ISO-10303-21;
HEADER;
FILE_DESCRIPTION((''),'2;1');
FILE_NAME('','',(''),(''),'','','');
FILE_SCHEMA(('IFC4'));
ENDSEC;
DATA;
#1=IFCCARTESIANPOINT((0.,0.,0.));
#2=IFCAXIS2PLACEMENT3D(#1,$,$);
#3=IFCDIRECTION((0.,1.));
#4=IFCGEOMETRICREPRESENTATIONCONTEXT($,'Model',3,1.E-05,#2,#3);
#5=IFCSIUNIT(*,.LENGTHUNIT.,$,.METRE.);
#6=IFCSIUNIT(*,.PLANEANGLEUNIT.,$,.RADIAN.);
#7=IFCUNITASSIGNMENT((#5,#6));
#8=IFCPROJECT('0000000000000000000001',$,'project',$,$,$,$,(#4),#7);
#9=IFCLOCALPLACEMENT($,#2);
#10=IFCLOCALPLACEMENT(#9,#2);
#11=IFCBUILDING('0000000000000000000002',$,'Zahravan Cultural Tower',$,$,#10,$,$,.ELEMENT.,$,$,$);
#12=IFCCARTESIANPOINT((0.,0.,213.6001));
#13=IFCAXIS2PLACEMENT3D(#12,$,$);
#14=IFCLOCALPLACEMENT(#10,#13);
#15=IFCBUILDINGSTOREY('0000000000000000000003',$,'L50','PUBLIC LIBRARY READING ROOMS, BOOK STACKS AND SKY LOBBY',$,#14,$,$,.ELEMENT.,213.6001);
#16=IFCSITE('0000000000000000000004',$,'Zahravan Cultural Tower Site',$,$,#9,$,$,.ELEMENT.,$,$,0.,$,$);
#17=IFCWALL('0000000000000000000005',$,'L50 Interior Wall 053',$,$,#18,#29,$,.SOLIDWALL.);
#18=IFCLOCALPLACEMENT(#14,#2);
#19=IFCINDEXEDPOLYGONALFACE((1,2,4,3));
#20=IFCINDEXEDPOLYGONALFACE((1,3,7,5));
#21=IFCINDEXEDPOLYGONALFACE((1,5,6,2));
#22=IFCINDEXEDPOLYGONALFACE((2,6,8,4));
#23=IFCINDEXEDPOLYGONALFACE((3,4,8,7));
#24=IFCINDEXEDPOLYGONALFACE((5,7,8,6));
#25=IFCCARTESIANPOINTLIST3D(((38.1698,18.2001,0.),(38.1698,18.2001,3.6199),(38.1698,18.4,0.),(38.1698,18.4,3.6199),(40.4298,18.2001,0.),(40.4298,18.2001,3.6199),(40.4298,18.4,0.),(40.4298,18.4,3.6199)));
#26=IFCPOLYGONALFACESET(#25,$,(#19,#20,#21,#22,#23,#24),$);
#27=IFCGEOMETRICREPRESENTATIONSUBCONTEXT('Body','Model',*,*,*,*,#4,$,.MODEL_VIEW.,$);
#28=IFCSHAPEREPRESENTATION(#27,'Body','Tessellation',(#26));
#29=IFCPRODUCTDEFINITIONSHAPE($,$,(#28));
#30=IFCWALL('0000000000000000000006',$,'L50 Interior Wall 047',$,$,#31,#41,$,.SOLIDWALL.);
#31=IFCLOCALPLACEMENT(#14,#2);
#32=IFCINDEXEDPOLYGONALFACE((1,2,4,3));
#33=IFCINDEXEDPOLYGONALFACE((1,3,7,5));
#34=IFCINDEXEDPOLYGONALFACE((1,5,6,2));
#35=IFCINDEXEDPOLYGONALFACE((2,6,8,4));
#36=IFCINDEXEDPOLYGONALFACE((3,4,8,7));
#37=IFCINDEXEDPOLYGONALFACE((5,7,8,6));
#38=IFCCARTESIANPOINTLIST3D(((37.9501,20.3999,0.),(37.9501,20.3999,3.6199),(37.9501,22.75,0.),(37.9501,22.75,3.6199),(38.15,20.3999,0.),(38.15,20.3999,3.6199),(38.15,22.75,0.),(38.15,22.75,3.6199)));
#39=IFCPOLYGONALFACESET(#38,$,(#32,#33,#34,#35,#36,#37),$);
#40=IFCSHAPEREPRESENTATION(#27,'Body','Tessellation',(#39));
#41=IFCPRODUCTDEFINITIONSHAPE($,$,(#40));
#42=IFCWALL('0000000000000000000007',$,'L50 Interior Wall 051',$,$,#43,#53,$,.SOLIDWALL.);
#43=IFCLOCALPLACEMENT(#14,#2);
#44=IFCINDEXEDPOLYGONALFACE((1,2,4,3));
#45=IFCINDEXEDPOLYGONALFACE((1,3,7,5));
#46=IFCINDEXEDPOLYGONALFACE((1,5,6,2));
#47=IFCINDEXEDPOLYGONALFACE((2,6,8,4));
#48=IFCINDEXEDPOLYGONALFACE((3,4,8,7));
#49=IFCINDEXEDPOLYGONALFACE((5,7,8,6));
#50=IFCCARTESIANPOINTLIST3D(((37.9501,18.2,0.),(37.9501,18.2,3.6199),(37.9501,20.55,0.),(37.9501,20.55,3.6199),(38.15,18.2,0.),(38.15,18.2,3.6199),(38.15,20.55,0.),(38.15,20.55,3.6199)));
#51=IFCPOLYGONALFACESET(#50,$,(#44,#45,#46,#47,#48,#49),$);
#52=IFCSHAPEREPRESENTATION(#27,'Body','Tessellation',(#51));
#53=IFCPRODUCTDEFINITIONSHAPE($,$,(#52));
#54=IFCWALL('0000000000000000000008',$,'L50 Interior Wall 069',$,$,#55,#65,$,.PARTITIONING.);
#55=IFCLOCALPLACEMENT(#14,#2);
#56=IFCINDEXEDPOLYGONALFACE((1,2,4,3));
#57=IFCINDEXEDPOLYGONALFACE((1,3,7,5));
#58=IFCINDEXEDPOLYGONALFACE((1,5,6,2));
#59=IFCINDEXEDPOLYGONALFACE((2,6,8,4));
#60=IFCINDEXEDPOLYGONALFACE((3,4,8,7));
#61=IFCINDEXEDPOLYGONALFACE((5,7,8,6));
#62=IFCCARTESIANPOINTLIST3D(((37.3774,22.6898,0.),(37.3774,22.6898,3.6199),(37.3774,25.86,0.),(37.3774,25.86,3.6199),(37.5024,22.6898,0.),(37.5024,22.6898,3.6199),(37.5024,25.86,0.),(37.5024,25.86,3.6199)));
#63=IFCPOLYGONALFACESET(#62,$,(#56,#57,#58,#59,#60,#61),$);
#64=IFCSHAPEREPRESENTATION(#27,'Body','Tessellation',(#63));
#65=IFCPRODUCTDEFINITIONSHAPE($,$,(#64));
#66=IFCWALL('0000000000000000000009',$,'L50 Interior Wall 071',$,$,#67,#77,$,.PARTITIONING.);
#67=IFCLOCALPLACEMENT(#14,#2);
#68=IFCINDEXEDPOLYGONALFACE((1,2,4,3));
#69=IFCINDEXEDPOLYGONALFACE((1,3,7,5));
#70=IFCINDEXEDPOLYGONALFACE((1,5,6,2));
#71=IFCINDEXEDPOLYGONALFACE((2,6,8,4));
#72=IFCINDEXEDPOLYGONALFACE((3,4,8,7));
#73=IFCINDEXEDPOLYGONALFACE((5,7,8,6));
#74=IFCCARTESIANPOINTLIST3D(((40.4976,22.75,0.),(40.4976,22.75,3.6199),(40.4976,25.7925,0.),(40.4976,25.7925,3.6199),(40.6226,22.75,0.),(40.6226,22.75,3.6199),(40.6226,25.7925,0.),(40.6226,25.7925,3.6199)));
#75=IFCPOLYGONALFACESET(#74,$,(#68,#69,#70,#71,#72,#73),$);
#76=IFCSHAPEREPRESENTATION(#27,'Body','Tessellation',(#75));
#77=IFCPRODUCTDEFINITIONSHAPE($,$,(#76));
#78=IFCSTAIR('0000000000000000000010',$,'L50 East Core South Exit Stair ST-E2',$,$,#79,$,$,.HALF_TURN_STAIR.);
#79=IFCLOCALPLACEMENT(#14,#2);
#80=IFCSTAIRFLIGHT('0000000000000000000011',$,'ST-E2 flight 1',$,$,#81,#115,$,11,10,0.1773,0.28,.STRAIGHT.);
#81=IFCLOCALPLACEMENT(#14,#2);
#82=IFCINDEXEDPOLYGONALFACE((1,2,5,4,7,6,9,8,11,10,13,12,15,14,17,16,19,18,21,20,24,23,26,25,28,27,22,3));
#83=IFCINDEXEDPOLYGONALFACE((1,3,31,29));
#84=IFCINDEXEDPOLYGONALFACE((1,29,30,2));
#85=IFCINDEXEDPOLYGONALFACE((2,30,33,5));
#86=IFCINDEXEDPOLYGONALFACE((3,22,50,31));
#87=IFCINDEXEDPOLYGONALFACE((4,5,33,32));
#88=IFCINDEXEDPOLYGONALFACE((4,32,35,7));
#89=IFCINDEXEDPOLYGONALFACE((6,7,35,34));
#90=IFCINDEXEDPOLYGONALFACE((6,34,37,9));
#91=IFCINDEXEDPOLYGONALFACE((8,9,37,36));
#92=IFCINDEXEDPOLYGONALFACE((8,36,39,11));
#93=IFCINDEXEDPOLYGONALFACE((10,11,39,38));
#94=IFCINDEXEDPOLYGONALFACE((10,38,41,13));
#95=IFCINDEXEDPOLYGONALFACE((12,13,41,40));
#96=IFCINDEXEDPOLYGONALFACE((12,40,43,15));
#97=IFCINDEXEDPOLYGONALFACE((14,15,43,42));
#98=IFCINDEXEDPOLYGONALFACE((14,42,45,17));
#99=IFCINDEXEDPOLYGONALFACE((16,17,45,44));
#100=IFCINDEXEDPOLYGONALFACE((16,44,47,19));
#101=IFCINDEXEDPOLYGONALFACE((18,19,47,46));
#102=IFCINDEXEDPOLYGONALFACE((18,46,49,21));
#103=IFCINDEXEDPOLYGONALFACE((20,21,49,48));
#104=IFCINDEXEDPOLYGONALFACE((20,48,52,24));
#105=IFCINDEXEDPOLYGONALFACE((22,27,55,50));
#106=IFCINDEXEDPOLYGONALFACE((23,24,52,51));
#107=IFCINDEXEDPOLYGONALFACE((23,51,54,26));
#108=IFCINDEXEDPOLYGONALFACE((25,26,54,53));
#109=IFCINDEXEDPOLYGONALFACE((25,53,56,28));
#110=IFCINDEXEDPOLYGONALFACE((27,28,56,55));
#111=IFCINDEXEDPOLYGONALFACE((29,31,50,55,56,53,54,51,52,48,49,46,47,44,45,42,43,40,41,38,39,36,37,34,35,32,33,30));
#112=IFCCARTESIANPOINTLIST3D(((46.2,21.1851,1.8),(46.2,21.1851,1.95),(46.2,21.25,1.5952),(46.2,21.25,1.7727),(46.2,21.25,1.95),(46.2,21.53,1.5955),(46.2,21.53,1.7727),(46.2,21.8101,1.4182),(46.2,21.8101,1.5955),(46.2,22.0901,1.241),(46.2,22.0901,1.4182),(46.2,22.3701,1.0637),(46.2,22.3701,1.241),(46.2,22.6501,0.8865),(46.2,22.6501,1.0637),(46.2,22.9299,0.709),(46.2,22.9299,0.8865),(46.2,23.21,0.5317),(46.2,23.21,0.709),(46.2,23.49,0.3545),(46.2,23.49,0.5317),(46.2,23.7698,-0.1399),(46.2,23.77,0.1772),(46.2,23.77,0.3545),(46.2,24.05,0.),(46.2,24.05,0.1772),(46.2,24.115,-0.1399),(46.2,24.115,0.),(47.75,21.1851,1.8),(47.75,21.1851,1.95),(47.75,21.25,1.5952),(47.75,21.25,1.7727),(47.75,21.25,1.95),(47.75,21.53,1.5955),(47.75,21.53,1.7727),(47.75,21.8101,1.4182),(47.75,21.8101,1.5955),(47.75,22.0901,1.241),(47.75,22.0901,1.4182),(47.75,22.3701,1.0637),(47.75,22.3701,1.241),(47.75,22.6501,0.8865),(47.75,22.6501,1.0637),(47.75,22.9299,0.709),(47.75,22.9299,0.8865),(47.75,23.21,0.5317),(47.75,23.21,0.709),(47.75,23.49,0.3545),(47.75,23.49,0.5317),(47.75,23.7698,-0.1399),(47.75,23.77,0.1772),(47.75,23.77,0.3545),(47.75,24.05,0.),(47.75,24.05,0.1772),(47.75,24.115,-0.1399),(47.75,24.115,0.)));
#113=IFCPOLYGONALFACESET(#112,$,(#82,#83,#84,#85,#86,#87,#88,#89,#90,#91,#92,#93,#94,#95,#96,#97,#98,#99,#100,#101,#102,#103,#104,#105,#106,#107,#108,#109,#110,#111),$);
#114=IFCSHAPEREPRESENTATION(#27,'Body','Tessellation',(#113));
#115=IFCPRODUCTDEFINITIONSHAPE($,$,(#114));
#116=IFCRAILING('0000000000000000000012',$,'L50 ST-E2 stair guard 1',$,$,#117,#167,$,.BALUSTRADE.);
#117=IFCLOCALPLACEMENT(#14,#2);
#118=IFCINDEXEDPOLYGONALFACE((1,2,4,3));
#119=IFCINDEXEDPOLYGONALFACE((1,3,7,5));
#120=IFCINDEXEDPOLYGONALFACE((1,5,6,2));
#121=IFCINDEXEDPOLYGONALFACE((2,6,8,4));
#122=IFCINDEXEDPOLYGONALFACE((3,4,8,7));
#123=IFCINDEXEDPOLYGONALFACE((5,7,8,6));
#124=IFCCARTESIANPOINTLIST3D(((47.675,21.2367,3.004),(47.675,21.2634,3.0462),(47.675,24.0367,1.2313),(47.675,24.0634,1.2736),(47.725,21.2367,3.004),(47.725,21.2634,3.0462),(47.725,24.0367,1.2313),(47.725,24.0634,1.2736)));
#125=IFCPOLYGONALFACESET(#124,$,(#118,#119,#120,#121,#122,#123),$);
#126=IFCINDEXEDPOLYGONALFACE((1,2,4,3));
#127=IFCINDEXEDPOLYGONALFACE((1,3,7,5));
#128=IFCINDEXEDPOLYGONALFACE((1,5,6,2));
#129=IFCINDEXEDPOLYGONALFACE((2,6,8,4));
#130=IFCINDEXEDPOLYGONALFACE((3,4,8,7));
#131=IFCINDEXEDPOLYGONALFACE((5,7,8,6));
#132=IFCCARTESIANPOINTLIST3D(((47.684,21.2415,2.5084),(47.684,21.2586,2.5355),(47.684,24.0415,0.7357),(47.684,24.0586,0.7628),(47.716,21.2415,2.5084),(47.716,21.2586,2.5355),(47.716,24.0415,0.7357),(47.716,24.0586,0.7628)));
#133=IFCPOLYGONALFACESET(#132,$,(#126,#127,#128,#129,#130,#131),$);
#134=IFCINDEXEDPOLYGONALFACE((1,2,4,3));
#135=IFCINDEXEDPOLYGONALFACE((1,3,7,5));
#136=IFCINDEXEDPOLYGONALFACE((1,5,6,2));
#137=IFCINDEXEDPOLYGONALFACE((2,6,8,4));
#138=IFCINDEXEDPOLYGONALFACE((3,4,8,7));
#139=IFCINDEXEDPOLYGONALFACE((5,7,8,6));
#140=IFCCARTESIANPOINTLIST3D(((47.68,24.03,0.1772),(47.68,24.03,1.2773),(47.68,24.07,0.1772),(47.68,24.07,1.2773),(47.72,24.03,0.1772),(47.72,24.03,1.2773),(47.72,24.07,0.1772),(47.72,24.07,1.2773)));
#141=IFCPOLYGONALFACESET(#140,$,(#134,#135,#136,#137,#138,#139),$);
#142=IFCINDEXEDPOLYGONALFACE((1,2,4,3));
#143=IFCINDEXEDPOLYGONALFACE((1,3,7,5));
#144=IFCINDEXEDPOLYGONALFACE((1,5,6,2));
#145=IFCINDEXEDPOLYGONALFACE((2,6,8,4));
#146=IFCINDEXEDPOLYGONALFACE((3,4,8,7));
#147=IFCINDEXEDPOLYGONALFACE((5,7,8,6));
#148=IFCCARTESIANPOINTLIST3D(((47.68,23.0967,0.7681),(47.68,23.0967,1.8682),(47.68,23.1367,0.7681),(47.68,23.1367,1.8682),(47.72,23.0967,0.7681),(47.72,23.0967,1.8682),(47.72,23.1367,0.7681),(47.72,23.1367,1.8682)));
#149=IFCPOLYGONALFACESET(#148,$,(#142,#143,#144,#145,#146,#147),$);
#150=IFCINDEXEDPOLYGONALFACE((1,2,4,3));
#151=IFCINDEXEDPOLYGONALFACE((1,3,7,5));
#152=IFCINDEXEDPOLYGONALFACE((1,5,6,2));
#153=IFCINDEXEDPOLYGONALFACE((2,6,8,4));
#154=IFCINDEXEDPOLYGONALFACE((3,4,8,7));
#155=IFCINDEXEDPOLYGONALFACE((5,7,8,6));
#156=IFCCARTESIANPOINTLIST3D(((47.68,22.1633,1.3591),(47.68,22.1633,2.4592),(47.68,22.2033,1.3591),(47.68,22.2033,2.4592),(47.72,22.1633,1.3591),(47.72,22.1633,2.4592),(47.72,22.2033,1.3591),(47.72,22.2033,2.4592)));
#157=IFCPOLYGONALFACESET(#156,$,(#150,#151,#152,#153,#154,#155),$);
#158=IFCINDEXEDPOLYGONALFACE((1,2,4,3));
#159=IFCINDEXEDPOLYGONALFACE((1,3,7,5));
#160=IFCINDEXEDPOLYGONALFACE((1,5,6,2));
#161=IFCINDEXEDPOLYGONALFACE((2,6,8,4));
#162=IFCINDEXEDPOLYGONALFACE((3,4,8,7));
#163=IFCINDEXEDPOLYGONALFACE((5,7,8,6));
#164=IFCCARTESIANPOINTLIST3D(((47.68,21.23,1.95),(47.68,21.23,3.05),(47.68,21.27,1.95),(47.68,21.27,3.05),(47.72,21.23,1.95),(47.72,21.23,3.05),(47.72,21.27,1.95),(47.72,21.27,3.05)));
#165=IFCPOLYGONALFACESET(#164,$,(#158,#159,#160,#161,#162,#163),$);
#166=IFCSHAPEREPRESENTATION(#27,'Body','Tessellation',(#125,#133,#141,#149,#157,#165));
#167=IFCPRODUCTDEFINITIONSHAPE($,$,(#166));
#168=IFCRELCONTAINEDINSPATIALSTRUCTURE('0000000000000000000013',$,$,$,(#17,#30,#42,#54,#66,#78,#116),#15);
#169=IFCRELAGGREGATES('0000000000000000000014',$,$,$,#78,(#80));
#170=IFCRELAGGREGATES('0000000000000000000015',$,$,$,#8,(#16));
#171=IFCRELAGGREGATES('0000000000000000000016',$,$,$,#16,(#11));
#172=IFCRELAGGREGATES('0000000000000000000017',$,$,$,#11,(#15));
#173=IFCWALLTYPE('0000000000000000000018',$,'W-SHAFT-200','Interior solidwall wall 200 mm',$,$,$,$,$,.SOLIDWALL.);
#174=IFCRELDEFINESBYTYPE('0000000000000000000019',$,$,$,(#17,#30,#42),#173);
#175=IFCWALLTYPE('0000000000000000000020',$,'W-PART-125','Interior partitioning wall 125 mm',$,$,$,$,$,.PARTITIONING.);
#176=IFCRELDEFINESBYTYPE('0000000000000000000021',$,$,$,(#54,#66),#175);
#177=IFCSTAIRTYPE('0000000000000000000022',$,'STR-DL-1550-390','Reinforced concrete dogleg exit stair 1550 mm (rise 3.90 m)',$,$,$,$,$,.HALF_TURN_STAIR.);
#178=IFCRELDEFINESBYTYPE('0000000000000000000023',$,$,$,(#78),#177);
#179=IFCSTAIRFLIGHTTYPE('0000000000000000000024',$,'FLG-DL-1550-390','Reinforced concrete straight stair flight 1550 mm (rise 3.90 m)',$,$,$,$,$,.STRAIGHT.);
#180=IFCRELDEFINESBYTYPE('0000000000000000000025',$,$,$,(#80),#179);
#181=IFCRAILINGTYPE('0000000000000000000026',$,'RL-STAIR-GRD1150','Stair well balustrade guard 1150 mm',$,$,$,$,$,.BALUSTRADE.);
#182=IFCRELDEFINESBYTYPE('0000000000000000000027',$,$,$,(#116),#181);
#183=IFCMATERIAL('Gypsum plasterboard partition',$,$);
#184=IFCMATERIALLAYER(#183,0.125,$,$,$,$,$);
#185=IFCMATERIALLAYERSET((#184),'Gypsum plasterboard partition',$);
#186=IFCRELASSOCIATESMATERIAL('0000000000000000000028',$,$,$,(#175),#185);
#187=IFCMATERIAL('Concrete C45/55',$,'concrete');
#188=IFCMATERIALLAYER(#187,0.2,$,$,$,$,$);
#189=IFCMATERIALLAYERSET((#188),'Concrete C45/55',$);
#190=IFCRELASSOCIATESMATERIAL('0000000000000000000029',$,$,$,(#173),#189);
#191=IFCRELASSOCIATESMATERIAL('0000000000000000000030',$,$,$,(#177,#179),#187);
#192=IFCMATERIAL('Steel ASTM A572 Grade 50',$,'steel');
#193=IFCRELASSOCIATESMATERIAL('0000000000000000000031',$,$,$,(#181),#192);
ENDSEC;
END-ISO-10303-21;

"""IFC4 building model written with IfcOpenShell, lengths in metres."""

from ifc_helpers import new_model, si_unit, direction, frame, frame_2d, origin, origin_2d, place, context, subcontext, project, spatial, polyline, rectangle, outline, extrude, source, transform, mapped, material, layer, layer_set, type_object, element, aggregate, save


model = new_model("IFC4")

# Units and contexts
model_context = context("Model", 3, precision=1e-05, world=origin(), true_north=direction((0.0, 1.0)))
body_context = subcontext(model_context, "Body", "Model", "MODEL_VIEW")
ifc_project = project(units=[si_unit("LENGTHUNIT", "METRE"), si_unit("PLANEANGLEUNIT", "RADIAN")], contexts=[model_context])

# Site, building, storey
site_placement = place(None, origin())
site = spatial("IfcSite", under=ifc_project, at=site_placement, Name="Zahravan Cultural Tower Site", CompositionType="ELEMENT", RefElevation=0.0)
building_placement = place(site_placement, origin())
building = spatial("IfcBuilding", under=site, at=building_placement, Name="Zahravan Cultural Tower", CompositionType="ELEMENT")
storey_placement = place(building_placement, frame((0.0, 0.0, 213.6001)))
storey = spatial("IfcBuildingStorey", under=building, at=storey_placement, Name="L50", Description="PUBLIC LIBRARY READING ROOMS, BOOK STACKS AND SKY LOBBY", CompositionType="ELEMENT", Elevation=213.6001)

# Shared definitions
ifc_material_1 = material(Name="Gypsum plasterboard partition")
ifc_layer_1 = layer(ifc_material_1, 0.125)
ifc_layer_set_1 = layer_set([ifc_layer_1], Name="Gypsum plasterboard partition")
wall_type_1 = type_object("IfcWallType", Name="W-PART-125", Description="Interior partitioning wall 125 mm", PredefinedType="PARTITIONING", material=ifc_layer_set_1)
ifc_material_2 = material(Name="Concrete C45/55", Category="concrete")
ifc_layer_2 = layer(ifc_material_2, 0.2)
ifc_layer_set_2 = layer_set([ifc_layer_2], Name="Concrete C45/55")
wall_type_2 = type_object("IfcWallType", Name="W-SHAFT-200", Description="Interior solidwall wall 200 mm", PredefinedType="SOLIDWALL", material=ifc_layer_set_2)
ifc_material_3 = material(Name="Steel ASTM A572 Grade 50", Category="steel")

# Walls
shared_shape_1 = source(origin(), body_context, "Body", "SweptSolid", [
    extrude(rectangle(XDim=2.26, YDim=0.2, at=frame_2d((1.1299, 0.0))), origin(), (0.0, 0.0, 1.0), 3.6199),
])
for number, where, z_axis, x_axis, name in (
    (1, (38.1699, 18.3, 0.0), (0.0, 0.0, 1.0), (1.0, 0.0, 0.0), "L50 Interior Wall 053"),
):
    element("IfcWall", number, at=place(storey_placement, frame(where, z_axis=z_axis, x_axis=x_axis)), inside=storey, type_object=wall_type_2, Name=name, PredefinedType="SOLIDWALL", context=body_context, shape_type="MappedRepresentation", body=[
        mapped(shared_shape_1, transform((0.0, 0.0, 0.0), x_axis=(1.0, 0.0, 0.0), y_axis=(0.0, 1.0, 0.0), z_axis=(0.0, 0.0, 1.0), scale=1.0)),
    ])
shared_shape_2 = source(origin(), body_context, "Body", "SweptSolid", [
    extrude(rectangle(XDim=2.3501, YDim=0.2, at=frame_2d((1.175, 0.0))), origin(), (0.0, 0.0, 1.0), 3.6199),
])
for number, where, z_axis, x_axis, name in (
    (2, (38.05, 20.3999, 0.0), (0.0, 0.0, 1.0), (0.0, 1.0, 0.0), "L50 Interior Wall 047"),
    (3, (38.05, 18.2, 0.0), (0.0, 0.0, 1.0), (0.0, 1.0, 0.0), "L50 Interior Wall 051"),
):
    element("IfcWall", number, at=place(storey_placement, frame(where, z_axis=z_axis, x_axis=x_axis)), inside=storey, type_object=wall_type_2, Name=name, PredefinedType="SOLIDWALL", context=body_context, shape_type="MappedRepresentation", body=[
        mapped(shared_shape_2, transform((0.0, 0.0, 0.0), x_axis=(1.0, 0.0, 0.0), y_axis=(0.0, 1.0, 0.0), z_axis=(0.0, 0.0, 1.0), scale=1.0)),
    ])
shared_shape_3 = source(origin(), body_context, "Body", "SweptSolid", [
    extrude(rectangle(XDim=3.1702, YDim=0.125, at=frame_2d((1.585, 0.0))), origin(), (0.0, 0.0, 1.0), 3.6199),
])
wall_1_placement = place(storey_placement, frame((37.4399, 22.6899, 0.0), z_axis=(0.0, 0.0, 1.0), x_axis=(0.0, 1.0, 0.0)))
element("IfcWall", 4, at=wall_1_placement, inside=storey, type_object=wall_type_1, Name="L50 Interior Wall 069", PredefinedType="PARTITIONING", context=body_context, shape_type="MappedRepresentation", body=[
    mapped(shared_shape_3, transform((0.0, 0.0, 0.0), x_axis=(1.0, 0.0, 0.0), y_axis=(0.0, 1.0, 0.0), z_axis=(0.0, 0.0, 1.0), scale=1.0)),
])
shared_shape_4 = source(origin(), body_context, "Body", "SweptSolid", [
    extrude(rectangle(XDim=3.0425, YDim=0.125, at=frame_2d((1.5212, 0.0))), origin(), (0.0, 0.0, 1.0), 3.6199),
])
wall_2_placement = place(storey_placement, frame((40.5601, 25.7925, 0.0), z_axis=(0.0, 0.0, 1.0), x_axis=(0.0, -1.0, 0.0)))
element("IfcWall", 5, at=wall_2_placement, inside=storey, type_object=wall_type_1, Name="L50 Interior Wall 071", PredefinedType="PARTITIONING", context=body_context, shape_type="MappedRepresentation", body=[
    mapped(shared_shape_4, transform((0.0, 0.0, 0.0), x_axis=(1.0, 0.0, 0.0), y_axis=(0.0, 1.0, 0.0), z_axis=(0.0, 0.0, 1.0), scale=1.0)),
])

# Stair, stair flight
stair_type = type_object("IfcStairType", Name="STR-DL-1550-390", Description="Reinforced concrete dogleg exit stair 1550 mm (rise 3.90 m)", PredefinedType="HALF_TURN_STAIR", material=ifc_material_2)
stair_placement = place(storey_placement, origin())
stair = element("IfcStair", 6, at=stair_placement, inside=storey, type_object=stair_type, Name="L50 East Core South Exit Stair ST-E2", PredefinedType="HALF_TURN_STAIR")
stair_flight_type = type_object("IfcStairFlightType", Name="FLG-DL-1550-390", Description="Reinforced concrete straight stair flight 1550 mm (rise 3.90 m)", PredefinedType="STRAIGHT", material=ifc_material_2)
stair_flight_placement = place(storey_placement, frame((46.9751, 24.05, 0.0), z_axis=(0.0, 0.0, 1.0), x_axis=(0.0, -1.0, 0.0)))
stair_flight = element("IfcStairFlight", 7, at=stair_flight_placement, type_object=stair_flight_type, Name="ST-E2 flight 1", NumberOfRisers=11, NumberOfTreads=10, PredefinedType="STRAIGHT", RiserHeight=0.1773, TreadLength=0.28, context=body_context, shape_type="SweptSolid", body=[
    extrude(outline(polyline([(-0.0649, -0.1399), (-0.0649, 0.0), (0.0, 0.0), (0.0, 0.1772), (0.28, 0.1772), (0.28, 0.3545), (0.5601, 0.3545), (0.5601, 0.5317), (0.8401, 0.5317), (0.8401, 0.709), (1.1201, 0.709), (1.1201, 0.8865), (1.3999, 0.8865), (1.3999, 1.0637), (1.6799, 1.0637), (1.6799, 1.241), (1.96, 1.241), (1.96, 1.4182), (2.24, 1.4182), (2.24, 1.5955), (2.52, 1.5955), (2.52, 1.7727), (2.8, 1.7727), (2.8, 1.95), (2.865, 1.95), (2.865, 1.8), (2.8, 1.5952), (0.2803, -0.1399), (-0.0649, -0.1399)])), frame((0.0, 0.7749, 0.0), z_axis=(0.0, -1.0, 0.0), x_axis=(1.0, 0.0, 0.0)), (0.0, 0.0, 1.0), 1.55),
])
aggregate(stair, [stair_flight])

# Railing
railing_type_1 = type_object("IfcRailingType", Name="RL-STAIR-GRD1150", Description="Stair well balustrade guard 1150 mm", PredefinedType="BALUSTRADE", material=ifc_material_3)
railing_1_placement = place(storey_placement, frame((47.7, 24.05, 0.1772)))
element("IfcRailing", 8, at=railing_1_placement, inside=storey, type_object=railing_type_1, Name="L50 ST-E2 stair guard 1", PredefinedType="BALUSTRADE", context=body_context, shape_type="SweptSolid", body=[
    extrude(rectangle(XDim=0.05, YDim=0.05, at=origin_2d()), frame((0.0, 0.0, 1.0752), z_axis=(0.0, -0.844909, 0.53491), x_axis=(1.0, 0.0, 0.0)), (0.0, 0.0, 1.0), 3.314),
    extrude(rectangle(XDim=0.032, YDim=0.032, at=origin_2d()), frame((0.0, 0.0, 0.572), z_axis=(0.0, -0.844909, 0.53491), x_axis=(1.0, 0.0, 0.0)), (0.0, 0.0, 1.0), 3.314),
    extrude(rectangle(XDim=0.04, YDim=0.04, at=origin_2d()), origin(), (0.0, 0.0, 1.0), 1.1001),
    extrude(rectangle(XDim=0.04, YDim=0.04, at=origin_2d()), frame((0.0, -0.9333, 0.5908)), (0.0, 0.0, 1.0), 1.1001),
    extrude(rectangle(XDim=0.04, YDim=0.04, at=origin_2d()), frame((0.0, -1.8667, 1.1819)), (0.0, 0.0, 1.0), 1.1001),
    extrude(rectangle(XDim=0.04, YDim=0.04, at=origin_2d()), frame((0.0, -2.8, 1.7727)), (0.0, 0.0, 1.0), 1.1001),
])

save(model, "model.ifc")
